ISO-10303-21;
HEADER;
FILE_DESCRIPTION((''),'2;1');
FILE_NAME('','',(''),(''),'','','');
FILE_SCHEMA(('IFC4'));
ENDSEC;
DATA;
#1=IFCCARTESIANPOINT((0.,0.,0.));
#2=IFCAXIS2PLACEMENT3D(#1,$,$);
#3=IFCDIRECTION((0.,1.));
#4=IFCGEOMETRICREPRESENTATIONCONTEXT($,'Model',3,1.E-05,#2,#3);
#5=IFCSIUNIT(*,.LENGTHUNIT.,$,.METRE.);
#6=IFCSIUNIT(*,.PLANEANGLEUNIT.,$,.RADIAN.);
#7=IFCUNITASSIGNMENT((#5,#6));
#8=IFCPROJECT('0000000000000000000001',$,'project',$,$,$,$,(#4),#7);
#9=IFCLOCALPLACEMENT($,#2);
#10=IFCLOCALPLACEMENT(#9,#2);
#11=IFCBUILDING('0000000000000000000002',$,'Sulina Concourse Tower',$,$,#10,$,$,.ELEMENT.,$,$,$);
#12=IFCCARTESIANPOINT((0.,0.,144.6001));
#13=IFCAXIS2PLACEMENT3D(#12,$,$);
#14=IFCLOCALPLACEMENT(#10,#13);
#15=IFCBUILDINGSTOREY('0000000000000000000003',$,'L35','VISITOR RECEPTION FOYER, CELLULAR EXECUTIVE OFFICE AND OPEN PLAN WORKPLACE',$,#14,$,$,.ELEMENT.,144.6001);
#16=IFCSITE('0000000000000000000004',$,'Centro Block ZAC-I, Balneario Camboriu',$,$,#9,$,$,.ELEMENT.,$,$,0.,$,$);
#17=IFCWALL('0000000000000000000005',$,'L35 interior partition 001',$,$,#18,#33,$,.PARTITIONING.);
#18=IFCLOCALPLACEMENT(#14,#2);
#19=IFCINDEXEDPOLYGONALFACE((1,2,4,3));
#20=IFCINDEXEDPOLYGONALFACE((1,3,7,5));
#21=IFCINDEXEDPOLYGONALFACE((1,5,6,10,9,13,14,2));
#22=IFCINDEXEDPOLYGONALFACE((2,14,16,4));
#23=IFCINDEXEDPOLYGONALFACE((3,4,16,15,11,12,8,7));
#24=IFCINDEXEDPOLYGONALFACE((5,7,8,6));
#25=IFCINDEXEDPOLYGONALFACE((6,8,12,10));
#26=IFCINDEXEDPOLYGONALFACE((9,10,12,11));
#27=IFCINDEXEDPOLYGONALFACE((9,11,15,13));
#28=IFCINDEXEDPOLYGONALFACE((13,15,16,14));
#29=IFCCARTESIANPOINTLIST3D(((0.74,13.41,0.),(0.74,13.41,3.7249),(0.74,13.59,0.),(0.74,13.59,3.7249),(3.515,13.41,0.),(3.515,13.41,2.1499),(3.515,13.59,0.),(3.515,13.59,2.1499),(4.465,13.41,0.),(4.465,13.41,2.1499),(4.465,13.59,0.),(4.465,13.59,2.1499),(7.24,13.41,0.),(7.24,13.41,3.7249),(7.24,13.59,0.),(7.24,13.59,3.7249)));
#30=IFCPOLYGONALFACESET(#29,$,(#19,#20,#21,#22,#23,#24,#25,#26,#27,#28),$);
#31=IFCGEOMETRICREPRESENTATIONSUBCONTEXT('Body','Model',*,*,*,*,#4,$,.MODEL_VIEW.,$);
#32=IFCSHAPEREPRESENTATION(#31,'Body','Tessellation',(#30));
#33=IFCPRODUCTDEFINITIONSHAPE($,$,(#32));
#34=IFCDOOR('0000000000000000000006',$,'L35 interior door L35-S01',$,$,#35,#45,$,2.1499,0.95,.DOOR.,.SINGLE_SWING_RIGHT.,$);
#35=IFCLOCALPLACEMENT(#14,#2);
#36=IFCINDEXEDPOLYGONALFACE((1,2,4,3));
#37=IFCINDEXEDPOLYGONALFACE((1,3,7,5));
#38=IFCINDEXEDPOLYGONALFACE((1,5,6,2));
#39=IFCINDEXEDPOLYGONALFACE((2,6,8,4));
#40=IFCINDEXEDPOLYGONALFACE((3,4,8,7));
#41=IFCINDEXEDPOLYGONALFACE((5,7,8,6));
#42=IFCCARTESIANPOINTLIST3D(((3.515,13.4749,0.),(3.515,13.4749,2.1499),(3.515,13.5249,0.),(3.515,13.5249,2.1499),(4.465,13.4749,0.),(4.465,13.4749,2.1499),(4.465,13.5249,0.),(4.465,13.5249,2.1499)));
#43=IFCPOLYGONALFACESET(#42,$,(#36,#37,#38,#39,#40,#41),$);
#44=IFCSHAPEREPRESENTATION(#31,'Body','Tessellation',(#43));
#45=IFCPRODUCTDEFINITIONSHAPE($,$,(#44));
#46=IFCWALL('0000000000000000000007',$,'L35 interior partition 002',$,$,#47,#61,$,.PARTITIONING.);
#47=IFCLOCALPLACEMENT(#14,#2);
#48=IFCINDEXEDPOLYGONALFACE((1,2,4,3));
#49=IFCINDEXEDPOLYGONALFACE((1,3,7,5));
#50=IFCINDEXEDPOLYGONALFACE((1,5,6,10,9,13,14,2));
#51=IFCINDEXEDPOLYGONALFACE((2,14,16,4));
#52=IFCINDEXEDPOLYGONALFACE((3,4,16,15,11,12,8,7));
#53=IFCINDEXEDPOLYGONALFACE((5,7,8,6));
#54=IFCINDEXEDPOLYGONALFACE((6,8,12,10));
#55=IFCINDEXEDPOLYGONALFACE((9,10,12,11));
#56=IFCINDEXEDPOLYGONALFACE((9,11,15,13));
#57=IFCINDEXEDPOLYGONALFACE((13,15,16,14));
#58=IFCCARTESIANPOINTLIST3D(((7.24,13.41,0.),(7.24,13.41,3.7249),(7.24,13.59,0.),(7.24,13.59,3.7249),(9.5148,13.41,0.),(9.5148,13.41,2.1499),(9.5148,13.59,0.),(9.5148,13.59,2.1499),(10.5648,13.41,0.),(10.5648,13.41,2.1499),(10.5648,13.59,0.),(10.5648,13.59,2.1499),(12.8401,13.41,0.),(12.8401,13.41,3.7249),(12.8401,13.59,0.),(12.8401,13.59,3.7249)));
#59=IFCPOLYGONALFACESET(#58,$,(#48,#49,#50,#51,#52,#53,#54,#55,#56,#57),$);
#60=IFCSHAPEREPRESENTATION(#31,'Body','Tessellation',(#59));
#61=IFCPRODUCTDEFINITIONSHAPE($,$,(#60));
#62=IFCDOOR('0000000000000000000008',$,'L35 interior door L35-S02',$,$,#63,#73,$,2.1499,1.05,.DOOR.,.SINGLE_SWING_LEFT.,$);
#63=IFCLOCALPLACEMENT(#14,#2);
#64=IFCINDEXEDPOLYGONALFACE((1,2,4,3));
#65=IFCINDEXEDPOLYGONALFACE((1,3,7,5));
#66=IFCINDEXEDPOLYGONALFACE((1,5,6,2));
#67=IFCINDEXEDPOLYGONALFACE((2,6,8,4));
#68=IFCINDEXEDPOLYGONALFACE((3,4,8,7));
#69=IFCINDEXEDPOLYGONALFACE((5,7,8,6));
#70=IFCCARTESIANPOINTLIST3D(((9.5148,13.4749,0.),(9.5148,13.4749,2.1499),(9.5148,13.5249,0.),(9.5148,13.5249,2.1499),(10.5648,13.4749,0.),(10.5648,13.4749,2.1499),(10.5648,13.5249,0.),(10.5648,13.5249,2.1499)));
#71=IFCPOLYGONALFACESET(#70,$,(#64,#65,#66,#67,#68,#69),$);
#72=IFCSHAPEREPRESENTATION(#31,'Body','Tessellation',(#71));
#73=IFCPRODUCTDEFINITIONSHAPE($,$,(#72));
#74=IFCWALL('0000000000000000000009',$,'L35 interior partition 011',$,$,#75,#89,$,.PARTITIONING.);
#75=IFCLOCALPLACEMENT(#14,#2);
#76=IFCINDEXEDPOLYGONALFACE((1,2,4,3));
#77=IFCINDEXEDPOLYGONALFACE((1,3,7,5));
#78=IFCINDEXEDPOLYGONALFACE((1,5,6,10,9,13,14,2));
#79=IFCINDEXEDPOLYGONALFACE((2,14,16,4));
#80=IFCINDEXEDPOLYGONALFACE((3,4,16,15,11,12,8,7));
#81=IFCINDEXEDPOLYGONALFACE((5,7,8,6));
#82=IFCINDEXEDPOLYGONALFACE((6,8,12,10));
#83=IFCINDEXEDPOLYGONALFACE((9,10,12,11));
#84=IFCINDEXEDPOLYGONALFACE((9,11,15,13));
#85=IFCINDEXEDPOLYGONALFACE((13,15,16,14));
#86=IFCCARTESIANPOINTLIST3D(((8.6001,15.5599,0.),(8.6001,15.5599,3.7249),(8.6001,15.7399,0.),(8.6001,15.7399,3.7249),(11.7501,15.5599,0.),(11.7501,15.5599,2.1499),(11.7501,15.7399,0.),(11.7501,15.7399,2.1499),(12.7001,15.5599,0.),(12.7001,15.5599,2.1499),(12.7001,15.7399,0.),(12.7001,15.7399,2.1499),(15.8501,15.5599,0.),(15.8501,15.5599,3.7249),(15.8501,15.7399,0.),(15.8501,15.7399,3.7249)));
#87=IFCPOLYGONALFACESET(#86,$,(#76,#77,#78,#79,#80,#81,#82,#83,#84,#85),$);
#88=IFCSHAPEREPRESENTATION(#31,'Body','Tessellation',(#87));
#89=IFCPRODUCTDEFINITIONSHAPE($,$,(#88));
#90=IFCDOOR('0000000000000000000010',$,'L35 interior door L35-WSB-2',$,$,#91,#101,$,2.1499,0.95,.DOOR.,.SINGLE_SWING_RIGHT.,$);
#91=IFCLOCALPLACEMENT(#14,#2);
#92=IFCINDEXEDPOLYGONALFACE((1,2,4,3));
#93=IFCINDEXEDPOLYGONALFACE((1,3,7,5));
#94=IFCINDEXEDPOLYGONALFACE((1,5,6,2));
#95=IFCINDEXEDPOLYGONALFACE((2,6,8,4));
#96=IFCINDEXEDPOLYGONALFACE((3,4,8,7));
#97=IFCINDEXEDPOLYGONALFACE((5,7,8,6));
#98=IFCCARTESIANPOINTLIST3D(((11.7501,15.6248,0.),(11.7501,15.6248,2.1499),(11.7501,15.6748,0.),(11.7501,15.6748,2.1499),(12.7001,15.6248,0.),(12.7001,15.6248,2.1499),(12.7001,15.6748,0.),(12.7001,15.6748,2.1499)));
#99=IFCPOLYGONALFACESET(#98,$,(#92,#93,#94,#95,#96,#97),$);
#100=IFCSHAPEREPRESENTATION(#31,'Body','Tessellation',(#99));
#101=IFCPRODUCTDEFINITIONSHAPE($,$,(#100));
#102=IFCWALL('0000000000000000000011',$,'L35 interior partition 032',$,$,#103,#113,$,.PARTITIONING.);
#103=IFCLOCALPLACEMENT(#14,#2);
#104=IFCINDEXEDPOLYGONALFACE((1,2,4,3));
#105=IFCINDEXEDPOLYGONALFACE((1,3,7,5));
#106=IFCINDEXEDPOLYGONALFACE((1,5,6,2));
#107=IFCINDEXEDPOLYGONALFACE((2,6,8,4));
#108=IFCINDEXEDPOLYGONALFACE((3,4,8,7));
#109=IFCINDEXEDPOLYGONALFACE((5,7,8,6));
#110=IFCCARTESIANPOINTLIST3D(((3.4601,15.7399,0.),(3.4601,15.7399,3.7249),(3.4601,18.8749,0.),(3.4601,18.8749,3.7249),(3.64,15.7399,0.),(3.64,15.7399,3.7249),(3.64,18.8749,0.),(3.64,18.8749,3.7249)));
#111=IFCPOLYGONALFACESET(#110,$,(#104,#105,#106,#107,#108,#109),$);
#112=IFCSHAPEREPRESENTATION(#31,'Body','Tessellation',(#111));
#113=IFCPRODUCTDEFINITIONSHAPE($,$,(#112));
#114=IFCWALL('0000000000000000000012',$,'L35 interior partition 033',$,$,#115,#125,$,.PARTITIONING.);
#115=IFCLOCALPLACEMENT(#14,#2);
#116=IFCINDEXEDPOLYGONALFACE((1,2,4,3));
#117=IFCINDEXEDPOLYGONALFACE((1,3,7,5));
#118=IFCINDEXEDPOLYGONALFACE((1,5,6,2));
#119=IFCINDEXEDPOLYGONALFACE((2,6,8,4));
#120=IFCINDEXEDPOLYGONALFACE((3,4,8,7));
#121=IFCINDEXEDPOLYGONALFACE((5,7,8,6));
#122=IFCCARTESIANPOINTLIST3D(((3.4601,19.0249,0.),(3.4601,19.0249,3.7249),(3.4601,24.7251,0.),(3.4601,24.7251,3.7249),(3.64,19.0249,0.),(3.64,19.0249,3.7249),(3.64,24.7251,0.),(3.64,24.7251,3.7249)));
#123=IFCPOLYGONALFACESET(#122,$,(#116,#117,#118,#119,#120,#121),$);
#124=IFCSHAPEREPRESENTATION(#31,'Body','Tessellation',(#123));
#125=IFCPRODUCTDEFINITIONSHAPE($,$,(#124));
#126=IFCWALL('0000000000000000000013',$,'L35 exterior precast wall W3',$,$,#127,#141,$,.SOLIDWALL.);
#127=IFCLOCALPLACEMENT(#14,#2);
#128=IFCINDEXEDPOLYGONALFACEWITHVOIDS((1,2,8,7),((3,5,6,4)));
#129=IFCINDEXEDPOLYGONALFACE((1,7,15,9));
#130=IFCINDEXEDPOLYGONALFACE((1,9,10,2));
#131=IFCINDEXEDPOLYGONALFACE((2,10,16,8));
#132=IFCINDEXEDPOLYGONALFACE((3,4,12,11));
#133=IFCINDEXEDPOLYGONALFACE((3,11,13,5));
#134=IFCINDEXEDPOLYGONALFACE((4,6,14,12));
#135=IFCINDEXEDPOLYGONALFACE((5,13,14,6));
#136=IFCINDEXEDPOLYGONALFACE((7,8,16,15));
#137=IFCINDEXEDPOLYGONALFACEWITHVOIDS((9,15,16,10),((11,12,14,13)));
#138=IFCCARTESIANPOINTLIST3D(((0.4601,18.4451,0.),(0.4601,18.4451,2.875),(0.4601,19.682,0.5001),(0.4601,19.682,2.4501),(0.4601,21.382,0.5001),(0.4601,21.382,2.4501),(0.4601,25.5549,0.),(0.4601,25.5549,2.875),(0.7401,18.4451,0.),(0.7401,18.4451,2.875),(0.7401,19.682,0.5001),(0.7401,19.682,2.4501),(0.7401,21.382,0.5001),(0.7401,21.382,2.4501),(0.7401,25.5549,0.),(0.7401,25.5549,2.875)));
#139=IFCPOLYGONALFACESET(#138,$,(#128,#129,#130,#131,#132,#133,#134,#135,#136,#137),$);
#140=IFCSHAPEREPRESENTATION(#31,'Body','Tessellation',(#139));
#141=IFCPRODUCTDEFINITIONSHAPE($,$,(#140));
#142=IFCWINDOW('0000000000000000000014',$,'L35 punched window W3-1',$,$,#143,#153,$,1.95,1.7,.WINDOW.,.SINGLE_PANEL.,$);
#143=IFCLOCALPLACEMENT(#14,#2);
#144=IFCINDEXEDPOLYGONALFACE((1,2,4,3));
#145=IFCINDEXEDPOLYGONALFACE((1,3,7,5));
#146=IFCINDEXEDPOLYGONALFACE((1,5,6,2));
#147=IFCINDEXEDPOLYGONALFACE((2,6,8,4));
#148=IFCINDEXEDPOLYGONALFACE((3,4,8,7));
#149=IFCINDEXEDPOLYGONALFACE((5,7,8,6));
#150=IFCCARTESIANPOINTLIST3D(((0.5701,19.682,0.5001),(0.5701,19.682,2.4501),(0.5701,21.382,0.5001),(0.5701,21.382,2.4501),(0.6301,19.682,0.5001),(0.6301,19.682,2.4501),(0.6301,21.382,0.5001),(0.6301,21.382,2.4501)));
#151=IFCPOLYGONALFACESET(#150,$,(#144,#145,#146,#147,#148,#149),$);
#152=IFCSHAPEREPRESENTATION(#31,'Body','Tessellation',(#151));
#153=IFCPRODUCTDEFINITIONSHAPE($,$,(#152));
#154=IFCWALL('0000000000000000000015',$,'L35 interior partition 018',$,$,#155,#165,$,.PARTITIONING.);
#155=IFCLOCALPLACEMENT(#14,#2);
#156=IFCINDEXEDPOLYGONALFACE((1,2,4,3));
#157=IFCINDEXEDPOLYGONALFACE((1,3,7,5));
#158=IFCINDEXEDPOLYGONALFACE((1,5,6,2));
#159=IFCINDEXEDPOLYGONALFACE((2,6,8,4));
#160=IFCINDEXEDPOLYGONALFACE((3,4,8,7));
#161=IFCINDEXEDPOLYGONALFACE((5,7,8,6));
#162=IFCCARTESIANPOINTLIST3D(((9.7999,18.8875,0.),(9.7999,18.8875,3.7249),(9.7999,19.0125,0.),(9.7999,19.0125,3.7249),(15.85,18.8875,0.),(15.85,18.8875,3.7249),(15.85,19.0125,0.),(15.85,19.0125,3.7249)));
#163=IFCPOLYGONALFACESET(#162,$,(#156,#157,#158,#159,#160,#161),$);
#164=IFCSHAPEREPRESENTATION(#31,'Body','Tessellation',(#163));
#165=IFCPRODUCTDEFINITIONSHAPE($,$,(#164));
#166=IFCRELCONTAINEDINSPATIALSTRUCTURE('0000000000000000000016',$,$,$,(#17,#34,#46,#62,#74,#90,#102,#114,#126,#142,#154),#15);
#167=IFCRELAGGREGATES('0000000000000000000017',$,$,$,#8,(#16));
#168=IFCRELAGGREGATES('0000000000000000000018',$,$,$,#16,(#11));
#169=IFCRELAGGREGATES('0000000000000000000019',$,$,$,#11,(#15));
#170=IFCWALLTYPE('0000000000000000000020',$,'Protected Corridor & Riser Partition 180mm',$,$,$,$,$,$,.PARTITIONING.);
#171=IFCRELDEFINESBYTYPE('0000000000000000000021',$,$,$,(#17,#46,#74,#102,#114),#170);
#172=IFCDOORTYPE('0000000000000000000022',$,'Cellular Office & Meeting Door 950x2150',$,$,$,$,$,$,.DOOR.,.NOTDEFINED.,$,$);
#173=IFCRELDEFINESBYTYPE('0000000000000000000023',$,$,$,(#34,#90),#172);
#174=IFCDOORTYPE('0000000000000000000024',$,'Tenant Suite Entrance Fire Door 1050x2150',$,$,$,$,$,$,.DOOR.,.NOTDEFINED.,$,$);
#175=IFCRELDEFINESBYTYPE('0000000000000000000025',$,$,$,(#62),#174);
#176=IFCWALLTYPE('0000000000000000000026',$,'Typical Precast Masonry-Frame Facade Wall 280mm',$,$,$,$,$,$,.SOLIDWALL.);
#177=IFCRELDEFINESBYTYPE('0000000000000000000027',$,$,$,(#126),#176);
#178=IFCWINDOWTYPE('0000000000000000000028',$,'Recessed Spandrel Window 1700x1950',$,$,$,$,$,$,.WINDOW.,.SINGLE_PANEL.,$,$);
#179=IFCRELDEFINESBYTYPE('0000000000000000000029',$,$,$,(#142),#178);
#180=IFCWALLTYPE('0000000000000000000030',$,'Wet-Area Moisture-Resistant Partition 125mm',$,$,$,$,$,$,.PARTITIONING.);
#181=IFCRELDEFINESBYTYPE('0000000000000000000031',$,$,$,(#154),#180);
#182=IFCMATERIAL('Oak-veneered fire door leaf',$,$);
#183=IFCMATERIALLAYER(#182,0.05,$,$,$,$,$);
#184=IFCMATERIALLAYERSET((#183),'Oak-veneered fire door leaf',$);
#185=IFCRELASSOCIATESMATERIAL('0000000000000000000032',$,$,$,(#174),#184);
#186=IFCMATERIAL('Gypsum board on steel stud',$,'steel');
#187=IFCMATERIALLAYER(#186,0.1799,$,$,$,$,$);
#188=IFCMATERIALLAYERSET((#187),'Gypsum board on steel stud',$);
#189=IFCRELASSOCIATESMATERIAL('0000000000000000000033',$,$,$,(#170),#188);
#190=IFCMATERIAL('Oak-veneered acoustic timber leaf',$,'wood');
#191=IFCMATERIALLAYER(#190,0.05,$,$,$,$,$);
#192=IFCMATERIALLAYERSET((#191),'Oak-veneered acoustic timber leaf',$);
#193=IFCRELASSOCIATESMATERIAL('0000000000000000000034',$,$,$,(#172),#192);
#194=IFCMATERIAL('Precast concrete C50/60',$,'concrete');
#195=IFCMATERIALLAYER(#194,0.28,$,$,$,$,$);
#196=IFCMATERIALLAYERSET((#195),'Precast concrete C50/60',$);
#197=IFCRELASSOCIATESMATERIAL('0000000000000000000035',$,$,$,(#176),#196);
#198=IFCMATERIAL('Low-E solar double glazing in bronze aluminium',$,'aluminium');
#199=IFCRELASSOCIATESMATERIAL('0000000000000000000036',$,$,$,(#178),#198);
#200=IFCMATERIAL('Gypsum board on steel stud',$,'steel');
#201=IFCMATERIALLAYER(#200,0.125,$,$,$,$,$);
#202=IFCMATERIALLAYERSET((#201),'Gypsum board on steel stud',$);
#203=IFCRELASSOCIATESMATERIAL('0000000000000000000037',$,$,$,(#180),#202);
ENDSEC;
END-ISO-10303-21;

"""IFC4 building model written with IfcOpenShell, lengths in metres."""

from ifc_helpers import new_model, si_unit, direction, frame, frame_2d, origin, place, context, subcontext, project, spatial, rectangle, extrude, material, layer, layer_set, type_object, element, fill, save


model = new_model("IFC4")

# Units and contexts
model_context = context("Model", 3, precision=1e-05, world=origin(), true_north=direction((0.0, 1.0)))
body_context = subcontext(model_context, "Body", "Model", "MODEL_VIEW")
ifc_project = project(units=[si_unit("LENGTHUNIT", "METRE"), si_unit("PLANEANGLEUNIT", "RADIAN")], contexts=[model_context])

# Site, building, storey
site_placement = place(None, origin())
site = spatial("IfcSite", under=ifc_project, at=site_placement, Name="Centro Block ZAC-I, Balneario Camboriu", CompositionType="ELEMENT", RefElevation=0.0)
building_placement = place(site_placement, origin())
building = spatial("IfcBuilding", under=site, at=building_placement, Name="Sulina Concourse Tower", CompositionType="ELEMENT")
storey_placement = place(building_placement, frame((0.0, 0.0, 144.6001)))
storey = spatial("IfcBuildingStorey", under=building, at=storey_placement, Name="L35", Description="VISITOR RECEPTION FOYER, CELLULAR EXECUTIVE OFFICE AND OPEN PLAN WORKPLACE", CompositionType="ELEMENT", Elevation=144.6001)

# Shared definitions
ifc_material_1 = material(Name="Oak-veneered fire door leaf")
ifc_layer_1 = layer(ifc_material_1, 0.05)
ifc_layer_set_1 = layer_set([ifc_layer_1], Name="Oak-veneered fire door leaf")
door_type_1 = type_object("IfcDoorType", Name="Tenant Suite Entrance Fire Door 1050x2150", OperationType="NOTDEFINED", PredefinedType="DOOR", material=ifc_layer_set_1)

# Walls, openings, doors
ifc_material_2 = material(Name="Gypsum board on steel stud", Category="steel")
ifc_layer_2 = layer(ifc_material_2, 0.1799)
ifc_layer_set_2 = layer_set([ifc_layer_2], Name="Gypsum board on steel stud")
wall_type_1 = type_object("IfcWallType", Name="Protected Corridor & Riser Partition 180mm", PredefinedType="PARTITIONING", material=ifc_layer_set_2)
wall_1_placement = place(storey_placement, frame((0.74, 13.5, 0.0), z_axis=(0.0, 0.0, 1.0), x_axis=(1.0, 0.0, 0.0)))
wall_1 = element("IfcWall", 1, at=wall_1_placement, inside=storey, type_object=wall_type_1, Name="L35 interior partition 001", PredefinedType="PARTITIONING", context=body_context, shape_type="SweptSolid", body=[
    extrude(rectangle(XDim=6.5, YDim=0.1799, at=frame_2d((3.25, 0.0))), origin(), (0.0, 0.0, 1.0), 3.7249),
])
opening_1_placement = place(wall_1_placement, frame((2.7749, 0.0, 0.0)))
opening_1 = element("IfcOpeningElement", 2, at=opening_1_placement, cuts=wall_1, PredefinedType="OPENING", context=body_context, shape_type="SweptSolid", body=[
    extrude(rectangle(XDim=0.95, YDim=2.1499, at=frame_2d((0.4751, 1.075))), frame((0.0, 0.0999, 0.0), z_axis=(0.0, -1.0, 0.0), x_axis=(1.0, 0.0, 0.0)), (0.0, 0.0, 1.0), 0.2),
])
ifc_material_3 = material(Name="Oak-veneered acoustic timber leaf", Category="wood")
ifc_layer_3 = layer(ifc_material_3, 0.05)
ifc_layer_set_3 = layer_set([ifc_layer_3], Name="Oak-veneered acoustic timber leaf")
door_type_2 = type_object("IfcDoorType", Name="Cellular Office & Meeting Door 950x2150", OperationType="NOTDEFINED", PredefinedType="DOOR", material=ifc_layer_set_3)
door_1_placement = place(opening_1_placement, origin())
door_1 = element("IfcDoor", 3, at=door_1_placement, inside=storey, type_object=door_type_2, Name="L35 interior door L35-S01", OperationType="SINGLE_SWING_RIGHT", OverallHeight=2.1499, OverallWidth=0.95, PredefinedType="DOOR", context=body_context, shape_type="SweptSolid", body=[
    extrude(rectangle(XDim=0.95, YDim=2.1499, at=frame_2d((0.4751, 1.075))), frame((0.0, 0.0249, 0.0), z_axis=(0.0, -1.0, 0.0), x_axis=(1.0, 0.0, 0.0)), (0.0, 0.0, 1.0), 0.05),
])
fill(opening_1, door_1)
wall_2_placement = place(storey_placement, frame((7.24, 13.5, 0.0), z_axis=(0.0, 0.0, 1.0), x_axis=(1.0, 0.0, 0.0)))
wall_2 = element("IfcWall", 4, at=wall_2_placement, inside=storey, type_object=wall_type_1, Name="L35 interior partition 002", PredefinedType="PARTITIONING", context=body_context, shape_type="SweptSolid", body=[
    extrude(rectangle(XDim=5.6001, YDim=0.1799, at=frame_2d((2.8, 0.0))), origin(), (0.0, 0.0, 1.0), 3.7249),
])
opening_2_placement = place(wall_2_placement, frame((2.2749, 0.0, 0.0)))
opening_2 = element("IfcOpeningElement", 5, at=opening_2_placement, cuts=wall_2, PredefinedType="OPENING", context=body_context, shape_type="SweptSolid", body=[
    extrude(rectangle(XDim=1.05, YDim=2.1499, at=frame_2d((0.5249, 1.075))), frame((0.0, 0.0999, 0.0), z_axis=(0.0, -1.0, 0.0), x_axis=(1.0, 0.0, 0.0)), (0.0, 0.0, 1.0), 0.2),
])
door_2_placement = place(opening_2_placement, origin())
door_2 = element("IfcDoor", 6, at=door_2_placement, inside=storey, type_object=door_type_1, Name="L35 interior door L35-S02", OperationType="SINGLE_SWING_LEFT", OverallHeight=2.1499, OverallWidth=1.05, PredefinedType="DOOR", context=body_context, shape_type="SweptSolid", body=[
    extrude(rectangle(XDim=1.05, YDim=2.1499, at=frame_2d((0.5249, 1.075))), frame((0.0, 0.0249, 0.0), z_axis=(0.0, -1.0, 0.0), x_axis=(1.0, 0.0, 0.0)), (0.0, 0.0, 1.0), 0.05),
])
fill(opening_2, door_2)
wall_3_placement = place(storey_placement, frame((8.6001, 15.6499, 0.0), z_axis=(0.0, 0.0, 1.0), x_axis=(1.0, 0.0, 0.0)))
wall_3 = element("IfcWall", 7, at=wall_3_placement, inside=storey, type_object=wall_type_1, Name="L35 interior partition 011", PredefinedType="PARTITIONING", context=body_context, shape_type="SweptSolid", body=[
    extrude(rectangle(XDim=7.25, YDim=0.1799, at=frame_2d((3.625, 0.0))), origin(), (0.0, 0.0, 1.0), 3.7249),
])
opening_3_placement = place(wall_3_placement, frame((3.1499, 0.0, 0.0)))
opening_3 = element("IfcOpeningElement", 8, at=opening_3_placement, cuts=wall_3, PredefinedType="OPENING", context=body_context, shape_type="SweptSolid", body=[
    extrude(rectangle(XDim=0.95, YDim=2.1499, at=frame_2d((0.4751, 1.075))), frame((0.0, 0.0999, 0.0), z_axis=(0.0, -1.0, 0.0), x_axis=(1.0, 0.0, 0.0)), (0.0, 0.0, 1.0), 0.2),
])
door_3_placement = place(opening_3_placement, origin())
door_3 = element("IfcDoor", 9, at=door_3_placement, inside=storey, type_object=door_type_2, Name="L35 interior door L35-WSB-2", OperationType="SINGLE_SWING_RIGHT", OverallHeight=2.1499, OverallWidth=0.95, PredefinedType="DOOR", context=body_context, shape_type="SweptSolid", body=[
    extrude(rectangle(XDim=0.95, YDim=2.1499, at=frame_2d((0.4751, 1.075))), frame((0.0, 0.0249, 0.0), z_axis=(0.0, -1.0, 0.0), x_axis=(1.0, 0.0, 0.0)), (0.0, 0.0, 1.0), 0.05),
])
fill(opening_3, door_3)

# Walls
wall_4_placement = place(storey_placement, frame((3.55, 15.74, 0.0), z_axis=(0.0, 0.0, 1.0), x_axis=(0.0, 1.0, 0.0)))
element("IfcWall", 10, at=wall_4_placement, inside=storey, type_object=wall_type_1, Name="L35 interior partition 032", PredefinedType="PARTITIONING", context=body_context, shape_type="SweptSolid", body=[
    extrude(rectangle(XDim=3.135, YDim=0.1799, at=frame_2d((1.5674, 0.0))), origin(), (0.0, 0.0, 1.0), 3.7249),
])
wall_5_placement = place(storey_placement, frame((3.55, 19.0249, 0.0), z_axis=(0.0, 0.0, 1.0), x_axis=(0.0, 1.0, 0.0)))
element("IfcWall", 11, at=wall_5_placement, inside=storey, type_object=wall_type_1, Name="L35 interior partition 033", PredefinedType="PARTITIONING", context=body_context, shape_type="SweptSolid", body=[
    extrude(rectangle(XDim=5.7002, YDim=0.1799, at=frame_2d((2.8501, 0.0))), origin(), (0.0, 0.0, 1.0), 3.7249),
])

# Wall, opening, window
ifc_material_4 = material(Name="Precast concrete C50/60", Category="concrete")
ifc_layer_4 = layer(ifc_material_4, 0.28)
ifc_layer_set_4 = layer_set([ifc_layer_4], Name="Precast concrete C50/60")
wall_type_2 = type_object("IfcWallType", Name="Typical Precast Masonry-Frame Facade Wall 280mm", PredefinedType="SOLIDWALL", material=ifc_layer_set_4)
wall_6_placement = place(storey_placement, frame((0.6001, 18.4451, 0.0), z_axis=(0.0, 0.0, 1.0), x_axis=(0.0, 1.0, 0.0)))
wall_6 = element("IfcWall", 12, at=wall_6_placement, inside=storey, type_object=wall_type_2, Name="L35 exterior precast wall W3", PredefinedType="SOLIDWALL", context=body_context, shape_type="SweptSolid", body=[
    extrude(rectangle(XDim=7.1099, YDim=0.28, at=frame_2d((3.5549, 0.0))), origin(), (0.0, 0.0, 1.0), 2.875),
])
opening_4_placement = place(wall_6_placement, frame((1.2368, 0.0, 0.5)))
opening_4 = element("IfcOpeningElement", 13, at=opening_4_placement, cuts=wall_6, PredefinedType="OPENING", context=body_context, shape_type="SweptSolid", body=[
    extrude(rectangle(XDim=1.7, YDim=1.95, at=frame_2d((0.8501, 0.9751))), frame((0.0, 0.1499, 0.0), z_axis=(0.0, -1.0, 0.0), x_axis=(1.0, 0.0, 0.0)), (0.0, 0.0, 1.0), 0.3),
])
ifc_material_5 = material(Name="Low-E solar double glazing in bronze aluminium", Category="aluminium")
window_type = type_object("IfcWindowType", Name="Recessed Spandrel Window 1700x1950", PartitioningType="SINGLE_PANEL", PredefinedType="WINDOW", material=ifc_material_5)
window_placement = place(opening_4_placement, origin())
window = element("IfcWindow", 14, at=window_placement, inside=storey, type_object=window_type, Name="L35 punched window W3-1", OverallHeight=1.95, OverallWidth=1.7, PartitioningType="SINGLE_PANEL", PredefinedType="WINDOW", context=body_context, shape_type="SweptSolid", body=[
    extrude(rectangle(XDim=1.7, YDim=1.95, at=frame_2d((0.8501, 0.9751))), frame((0.0, 0.03, 0.0), z_axis=(0.0, -1.0, 0.0), x_axis=(1.0, 0.0, 0.0)), (0.0, 0.0, 1.0), 0.0601),
])
fill(opening_4, window)

# Wall
ifc_material_6 = material(Name="Gypsum board on steel stud", Category="steel")
ifc_layer_5 = layer(ifc_material_6, 0.125)
ifc_layer_set_5 = layer_set([ifc_layer_5], Name="Gypsum board on steel stud")
wall_type_3 = type_object("IfcWallType", Name="Wet-Area Moisture-Resistant Partition 125mm", PredefinedType="PARTITIONING", material=ifc_layer_set_5)
wall_7_placement = place(storey_placement, frame((9.8, 18.95, 0.0), z_axis=(0.0, 0.0, 1.0), x_axis=(1.0, 0.0, 0.0)))
element("IfcWall", 15, at=wall_7_placement, inside=storey, type_object=wall_type_3, Name="L35 interior partition 018", PredefinedType="PARTITIONING", context=body_context, shape_type="SweptSolid", body=[
    extrude(rectangle(XDim=6.05, YDim=0.125, at=frame_2d((3.0249, 0.0))), origin(), (0.0, 0.0, 1.0), 3.7249),
])

save(model, "model.ifc")
